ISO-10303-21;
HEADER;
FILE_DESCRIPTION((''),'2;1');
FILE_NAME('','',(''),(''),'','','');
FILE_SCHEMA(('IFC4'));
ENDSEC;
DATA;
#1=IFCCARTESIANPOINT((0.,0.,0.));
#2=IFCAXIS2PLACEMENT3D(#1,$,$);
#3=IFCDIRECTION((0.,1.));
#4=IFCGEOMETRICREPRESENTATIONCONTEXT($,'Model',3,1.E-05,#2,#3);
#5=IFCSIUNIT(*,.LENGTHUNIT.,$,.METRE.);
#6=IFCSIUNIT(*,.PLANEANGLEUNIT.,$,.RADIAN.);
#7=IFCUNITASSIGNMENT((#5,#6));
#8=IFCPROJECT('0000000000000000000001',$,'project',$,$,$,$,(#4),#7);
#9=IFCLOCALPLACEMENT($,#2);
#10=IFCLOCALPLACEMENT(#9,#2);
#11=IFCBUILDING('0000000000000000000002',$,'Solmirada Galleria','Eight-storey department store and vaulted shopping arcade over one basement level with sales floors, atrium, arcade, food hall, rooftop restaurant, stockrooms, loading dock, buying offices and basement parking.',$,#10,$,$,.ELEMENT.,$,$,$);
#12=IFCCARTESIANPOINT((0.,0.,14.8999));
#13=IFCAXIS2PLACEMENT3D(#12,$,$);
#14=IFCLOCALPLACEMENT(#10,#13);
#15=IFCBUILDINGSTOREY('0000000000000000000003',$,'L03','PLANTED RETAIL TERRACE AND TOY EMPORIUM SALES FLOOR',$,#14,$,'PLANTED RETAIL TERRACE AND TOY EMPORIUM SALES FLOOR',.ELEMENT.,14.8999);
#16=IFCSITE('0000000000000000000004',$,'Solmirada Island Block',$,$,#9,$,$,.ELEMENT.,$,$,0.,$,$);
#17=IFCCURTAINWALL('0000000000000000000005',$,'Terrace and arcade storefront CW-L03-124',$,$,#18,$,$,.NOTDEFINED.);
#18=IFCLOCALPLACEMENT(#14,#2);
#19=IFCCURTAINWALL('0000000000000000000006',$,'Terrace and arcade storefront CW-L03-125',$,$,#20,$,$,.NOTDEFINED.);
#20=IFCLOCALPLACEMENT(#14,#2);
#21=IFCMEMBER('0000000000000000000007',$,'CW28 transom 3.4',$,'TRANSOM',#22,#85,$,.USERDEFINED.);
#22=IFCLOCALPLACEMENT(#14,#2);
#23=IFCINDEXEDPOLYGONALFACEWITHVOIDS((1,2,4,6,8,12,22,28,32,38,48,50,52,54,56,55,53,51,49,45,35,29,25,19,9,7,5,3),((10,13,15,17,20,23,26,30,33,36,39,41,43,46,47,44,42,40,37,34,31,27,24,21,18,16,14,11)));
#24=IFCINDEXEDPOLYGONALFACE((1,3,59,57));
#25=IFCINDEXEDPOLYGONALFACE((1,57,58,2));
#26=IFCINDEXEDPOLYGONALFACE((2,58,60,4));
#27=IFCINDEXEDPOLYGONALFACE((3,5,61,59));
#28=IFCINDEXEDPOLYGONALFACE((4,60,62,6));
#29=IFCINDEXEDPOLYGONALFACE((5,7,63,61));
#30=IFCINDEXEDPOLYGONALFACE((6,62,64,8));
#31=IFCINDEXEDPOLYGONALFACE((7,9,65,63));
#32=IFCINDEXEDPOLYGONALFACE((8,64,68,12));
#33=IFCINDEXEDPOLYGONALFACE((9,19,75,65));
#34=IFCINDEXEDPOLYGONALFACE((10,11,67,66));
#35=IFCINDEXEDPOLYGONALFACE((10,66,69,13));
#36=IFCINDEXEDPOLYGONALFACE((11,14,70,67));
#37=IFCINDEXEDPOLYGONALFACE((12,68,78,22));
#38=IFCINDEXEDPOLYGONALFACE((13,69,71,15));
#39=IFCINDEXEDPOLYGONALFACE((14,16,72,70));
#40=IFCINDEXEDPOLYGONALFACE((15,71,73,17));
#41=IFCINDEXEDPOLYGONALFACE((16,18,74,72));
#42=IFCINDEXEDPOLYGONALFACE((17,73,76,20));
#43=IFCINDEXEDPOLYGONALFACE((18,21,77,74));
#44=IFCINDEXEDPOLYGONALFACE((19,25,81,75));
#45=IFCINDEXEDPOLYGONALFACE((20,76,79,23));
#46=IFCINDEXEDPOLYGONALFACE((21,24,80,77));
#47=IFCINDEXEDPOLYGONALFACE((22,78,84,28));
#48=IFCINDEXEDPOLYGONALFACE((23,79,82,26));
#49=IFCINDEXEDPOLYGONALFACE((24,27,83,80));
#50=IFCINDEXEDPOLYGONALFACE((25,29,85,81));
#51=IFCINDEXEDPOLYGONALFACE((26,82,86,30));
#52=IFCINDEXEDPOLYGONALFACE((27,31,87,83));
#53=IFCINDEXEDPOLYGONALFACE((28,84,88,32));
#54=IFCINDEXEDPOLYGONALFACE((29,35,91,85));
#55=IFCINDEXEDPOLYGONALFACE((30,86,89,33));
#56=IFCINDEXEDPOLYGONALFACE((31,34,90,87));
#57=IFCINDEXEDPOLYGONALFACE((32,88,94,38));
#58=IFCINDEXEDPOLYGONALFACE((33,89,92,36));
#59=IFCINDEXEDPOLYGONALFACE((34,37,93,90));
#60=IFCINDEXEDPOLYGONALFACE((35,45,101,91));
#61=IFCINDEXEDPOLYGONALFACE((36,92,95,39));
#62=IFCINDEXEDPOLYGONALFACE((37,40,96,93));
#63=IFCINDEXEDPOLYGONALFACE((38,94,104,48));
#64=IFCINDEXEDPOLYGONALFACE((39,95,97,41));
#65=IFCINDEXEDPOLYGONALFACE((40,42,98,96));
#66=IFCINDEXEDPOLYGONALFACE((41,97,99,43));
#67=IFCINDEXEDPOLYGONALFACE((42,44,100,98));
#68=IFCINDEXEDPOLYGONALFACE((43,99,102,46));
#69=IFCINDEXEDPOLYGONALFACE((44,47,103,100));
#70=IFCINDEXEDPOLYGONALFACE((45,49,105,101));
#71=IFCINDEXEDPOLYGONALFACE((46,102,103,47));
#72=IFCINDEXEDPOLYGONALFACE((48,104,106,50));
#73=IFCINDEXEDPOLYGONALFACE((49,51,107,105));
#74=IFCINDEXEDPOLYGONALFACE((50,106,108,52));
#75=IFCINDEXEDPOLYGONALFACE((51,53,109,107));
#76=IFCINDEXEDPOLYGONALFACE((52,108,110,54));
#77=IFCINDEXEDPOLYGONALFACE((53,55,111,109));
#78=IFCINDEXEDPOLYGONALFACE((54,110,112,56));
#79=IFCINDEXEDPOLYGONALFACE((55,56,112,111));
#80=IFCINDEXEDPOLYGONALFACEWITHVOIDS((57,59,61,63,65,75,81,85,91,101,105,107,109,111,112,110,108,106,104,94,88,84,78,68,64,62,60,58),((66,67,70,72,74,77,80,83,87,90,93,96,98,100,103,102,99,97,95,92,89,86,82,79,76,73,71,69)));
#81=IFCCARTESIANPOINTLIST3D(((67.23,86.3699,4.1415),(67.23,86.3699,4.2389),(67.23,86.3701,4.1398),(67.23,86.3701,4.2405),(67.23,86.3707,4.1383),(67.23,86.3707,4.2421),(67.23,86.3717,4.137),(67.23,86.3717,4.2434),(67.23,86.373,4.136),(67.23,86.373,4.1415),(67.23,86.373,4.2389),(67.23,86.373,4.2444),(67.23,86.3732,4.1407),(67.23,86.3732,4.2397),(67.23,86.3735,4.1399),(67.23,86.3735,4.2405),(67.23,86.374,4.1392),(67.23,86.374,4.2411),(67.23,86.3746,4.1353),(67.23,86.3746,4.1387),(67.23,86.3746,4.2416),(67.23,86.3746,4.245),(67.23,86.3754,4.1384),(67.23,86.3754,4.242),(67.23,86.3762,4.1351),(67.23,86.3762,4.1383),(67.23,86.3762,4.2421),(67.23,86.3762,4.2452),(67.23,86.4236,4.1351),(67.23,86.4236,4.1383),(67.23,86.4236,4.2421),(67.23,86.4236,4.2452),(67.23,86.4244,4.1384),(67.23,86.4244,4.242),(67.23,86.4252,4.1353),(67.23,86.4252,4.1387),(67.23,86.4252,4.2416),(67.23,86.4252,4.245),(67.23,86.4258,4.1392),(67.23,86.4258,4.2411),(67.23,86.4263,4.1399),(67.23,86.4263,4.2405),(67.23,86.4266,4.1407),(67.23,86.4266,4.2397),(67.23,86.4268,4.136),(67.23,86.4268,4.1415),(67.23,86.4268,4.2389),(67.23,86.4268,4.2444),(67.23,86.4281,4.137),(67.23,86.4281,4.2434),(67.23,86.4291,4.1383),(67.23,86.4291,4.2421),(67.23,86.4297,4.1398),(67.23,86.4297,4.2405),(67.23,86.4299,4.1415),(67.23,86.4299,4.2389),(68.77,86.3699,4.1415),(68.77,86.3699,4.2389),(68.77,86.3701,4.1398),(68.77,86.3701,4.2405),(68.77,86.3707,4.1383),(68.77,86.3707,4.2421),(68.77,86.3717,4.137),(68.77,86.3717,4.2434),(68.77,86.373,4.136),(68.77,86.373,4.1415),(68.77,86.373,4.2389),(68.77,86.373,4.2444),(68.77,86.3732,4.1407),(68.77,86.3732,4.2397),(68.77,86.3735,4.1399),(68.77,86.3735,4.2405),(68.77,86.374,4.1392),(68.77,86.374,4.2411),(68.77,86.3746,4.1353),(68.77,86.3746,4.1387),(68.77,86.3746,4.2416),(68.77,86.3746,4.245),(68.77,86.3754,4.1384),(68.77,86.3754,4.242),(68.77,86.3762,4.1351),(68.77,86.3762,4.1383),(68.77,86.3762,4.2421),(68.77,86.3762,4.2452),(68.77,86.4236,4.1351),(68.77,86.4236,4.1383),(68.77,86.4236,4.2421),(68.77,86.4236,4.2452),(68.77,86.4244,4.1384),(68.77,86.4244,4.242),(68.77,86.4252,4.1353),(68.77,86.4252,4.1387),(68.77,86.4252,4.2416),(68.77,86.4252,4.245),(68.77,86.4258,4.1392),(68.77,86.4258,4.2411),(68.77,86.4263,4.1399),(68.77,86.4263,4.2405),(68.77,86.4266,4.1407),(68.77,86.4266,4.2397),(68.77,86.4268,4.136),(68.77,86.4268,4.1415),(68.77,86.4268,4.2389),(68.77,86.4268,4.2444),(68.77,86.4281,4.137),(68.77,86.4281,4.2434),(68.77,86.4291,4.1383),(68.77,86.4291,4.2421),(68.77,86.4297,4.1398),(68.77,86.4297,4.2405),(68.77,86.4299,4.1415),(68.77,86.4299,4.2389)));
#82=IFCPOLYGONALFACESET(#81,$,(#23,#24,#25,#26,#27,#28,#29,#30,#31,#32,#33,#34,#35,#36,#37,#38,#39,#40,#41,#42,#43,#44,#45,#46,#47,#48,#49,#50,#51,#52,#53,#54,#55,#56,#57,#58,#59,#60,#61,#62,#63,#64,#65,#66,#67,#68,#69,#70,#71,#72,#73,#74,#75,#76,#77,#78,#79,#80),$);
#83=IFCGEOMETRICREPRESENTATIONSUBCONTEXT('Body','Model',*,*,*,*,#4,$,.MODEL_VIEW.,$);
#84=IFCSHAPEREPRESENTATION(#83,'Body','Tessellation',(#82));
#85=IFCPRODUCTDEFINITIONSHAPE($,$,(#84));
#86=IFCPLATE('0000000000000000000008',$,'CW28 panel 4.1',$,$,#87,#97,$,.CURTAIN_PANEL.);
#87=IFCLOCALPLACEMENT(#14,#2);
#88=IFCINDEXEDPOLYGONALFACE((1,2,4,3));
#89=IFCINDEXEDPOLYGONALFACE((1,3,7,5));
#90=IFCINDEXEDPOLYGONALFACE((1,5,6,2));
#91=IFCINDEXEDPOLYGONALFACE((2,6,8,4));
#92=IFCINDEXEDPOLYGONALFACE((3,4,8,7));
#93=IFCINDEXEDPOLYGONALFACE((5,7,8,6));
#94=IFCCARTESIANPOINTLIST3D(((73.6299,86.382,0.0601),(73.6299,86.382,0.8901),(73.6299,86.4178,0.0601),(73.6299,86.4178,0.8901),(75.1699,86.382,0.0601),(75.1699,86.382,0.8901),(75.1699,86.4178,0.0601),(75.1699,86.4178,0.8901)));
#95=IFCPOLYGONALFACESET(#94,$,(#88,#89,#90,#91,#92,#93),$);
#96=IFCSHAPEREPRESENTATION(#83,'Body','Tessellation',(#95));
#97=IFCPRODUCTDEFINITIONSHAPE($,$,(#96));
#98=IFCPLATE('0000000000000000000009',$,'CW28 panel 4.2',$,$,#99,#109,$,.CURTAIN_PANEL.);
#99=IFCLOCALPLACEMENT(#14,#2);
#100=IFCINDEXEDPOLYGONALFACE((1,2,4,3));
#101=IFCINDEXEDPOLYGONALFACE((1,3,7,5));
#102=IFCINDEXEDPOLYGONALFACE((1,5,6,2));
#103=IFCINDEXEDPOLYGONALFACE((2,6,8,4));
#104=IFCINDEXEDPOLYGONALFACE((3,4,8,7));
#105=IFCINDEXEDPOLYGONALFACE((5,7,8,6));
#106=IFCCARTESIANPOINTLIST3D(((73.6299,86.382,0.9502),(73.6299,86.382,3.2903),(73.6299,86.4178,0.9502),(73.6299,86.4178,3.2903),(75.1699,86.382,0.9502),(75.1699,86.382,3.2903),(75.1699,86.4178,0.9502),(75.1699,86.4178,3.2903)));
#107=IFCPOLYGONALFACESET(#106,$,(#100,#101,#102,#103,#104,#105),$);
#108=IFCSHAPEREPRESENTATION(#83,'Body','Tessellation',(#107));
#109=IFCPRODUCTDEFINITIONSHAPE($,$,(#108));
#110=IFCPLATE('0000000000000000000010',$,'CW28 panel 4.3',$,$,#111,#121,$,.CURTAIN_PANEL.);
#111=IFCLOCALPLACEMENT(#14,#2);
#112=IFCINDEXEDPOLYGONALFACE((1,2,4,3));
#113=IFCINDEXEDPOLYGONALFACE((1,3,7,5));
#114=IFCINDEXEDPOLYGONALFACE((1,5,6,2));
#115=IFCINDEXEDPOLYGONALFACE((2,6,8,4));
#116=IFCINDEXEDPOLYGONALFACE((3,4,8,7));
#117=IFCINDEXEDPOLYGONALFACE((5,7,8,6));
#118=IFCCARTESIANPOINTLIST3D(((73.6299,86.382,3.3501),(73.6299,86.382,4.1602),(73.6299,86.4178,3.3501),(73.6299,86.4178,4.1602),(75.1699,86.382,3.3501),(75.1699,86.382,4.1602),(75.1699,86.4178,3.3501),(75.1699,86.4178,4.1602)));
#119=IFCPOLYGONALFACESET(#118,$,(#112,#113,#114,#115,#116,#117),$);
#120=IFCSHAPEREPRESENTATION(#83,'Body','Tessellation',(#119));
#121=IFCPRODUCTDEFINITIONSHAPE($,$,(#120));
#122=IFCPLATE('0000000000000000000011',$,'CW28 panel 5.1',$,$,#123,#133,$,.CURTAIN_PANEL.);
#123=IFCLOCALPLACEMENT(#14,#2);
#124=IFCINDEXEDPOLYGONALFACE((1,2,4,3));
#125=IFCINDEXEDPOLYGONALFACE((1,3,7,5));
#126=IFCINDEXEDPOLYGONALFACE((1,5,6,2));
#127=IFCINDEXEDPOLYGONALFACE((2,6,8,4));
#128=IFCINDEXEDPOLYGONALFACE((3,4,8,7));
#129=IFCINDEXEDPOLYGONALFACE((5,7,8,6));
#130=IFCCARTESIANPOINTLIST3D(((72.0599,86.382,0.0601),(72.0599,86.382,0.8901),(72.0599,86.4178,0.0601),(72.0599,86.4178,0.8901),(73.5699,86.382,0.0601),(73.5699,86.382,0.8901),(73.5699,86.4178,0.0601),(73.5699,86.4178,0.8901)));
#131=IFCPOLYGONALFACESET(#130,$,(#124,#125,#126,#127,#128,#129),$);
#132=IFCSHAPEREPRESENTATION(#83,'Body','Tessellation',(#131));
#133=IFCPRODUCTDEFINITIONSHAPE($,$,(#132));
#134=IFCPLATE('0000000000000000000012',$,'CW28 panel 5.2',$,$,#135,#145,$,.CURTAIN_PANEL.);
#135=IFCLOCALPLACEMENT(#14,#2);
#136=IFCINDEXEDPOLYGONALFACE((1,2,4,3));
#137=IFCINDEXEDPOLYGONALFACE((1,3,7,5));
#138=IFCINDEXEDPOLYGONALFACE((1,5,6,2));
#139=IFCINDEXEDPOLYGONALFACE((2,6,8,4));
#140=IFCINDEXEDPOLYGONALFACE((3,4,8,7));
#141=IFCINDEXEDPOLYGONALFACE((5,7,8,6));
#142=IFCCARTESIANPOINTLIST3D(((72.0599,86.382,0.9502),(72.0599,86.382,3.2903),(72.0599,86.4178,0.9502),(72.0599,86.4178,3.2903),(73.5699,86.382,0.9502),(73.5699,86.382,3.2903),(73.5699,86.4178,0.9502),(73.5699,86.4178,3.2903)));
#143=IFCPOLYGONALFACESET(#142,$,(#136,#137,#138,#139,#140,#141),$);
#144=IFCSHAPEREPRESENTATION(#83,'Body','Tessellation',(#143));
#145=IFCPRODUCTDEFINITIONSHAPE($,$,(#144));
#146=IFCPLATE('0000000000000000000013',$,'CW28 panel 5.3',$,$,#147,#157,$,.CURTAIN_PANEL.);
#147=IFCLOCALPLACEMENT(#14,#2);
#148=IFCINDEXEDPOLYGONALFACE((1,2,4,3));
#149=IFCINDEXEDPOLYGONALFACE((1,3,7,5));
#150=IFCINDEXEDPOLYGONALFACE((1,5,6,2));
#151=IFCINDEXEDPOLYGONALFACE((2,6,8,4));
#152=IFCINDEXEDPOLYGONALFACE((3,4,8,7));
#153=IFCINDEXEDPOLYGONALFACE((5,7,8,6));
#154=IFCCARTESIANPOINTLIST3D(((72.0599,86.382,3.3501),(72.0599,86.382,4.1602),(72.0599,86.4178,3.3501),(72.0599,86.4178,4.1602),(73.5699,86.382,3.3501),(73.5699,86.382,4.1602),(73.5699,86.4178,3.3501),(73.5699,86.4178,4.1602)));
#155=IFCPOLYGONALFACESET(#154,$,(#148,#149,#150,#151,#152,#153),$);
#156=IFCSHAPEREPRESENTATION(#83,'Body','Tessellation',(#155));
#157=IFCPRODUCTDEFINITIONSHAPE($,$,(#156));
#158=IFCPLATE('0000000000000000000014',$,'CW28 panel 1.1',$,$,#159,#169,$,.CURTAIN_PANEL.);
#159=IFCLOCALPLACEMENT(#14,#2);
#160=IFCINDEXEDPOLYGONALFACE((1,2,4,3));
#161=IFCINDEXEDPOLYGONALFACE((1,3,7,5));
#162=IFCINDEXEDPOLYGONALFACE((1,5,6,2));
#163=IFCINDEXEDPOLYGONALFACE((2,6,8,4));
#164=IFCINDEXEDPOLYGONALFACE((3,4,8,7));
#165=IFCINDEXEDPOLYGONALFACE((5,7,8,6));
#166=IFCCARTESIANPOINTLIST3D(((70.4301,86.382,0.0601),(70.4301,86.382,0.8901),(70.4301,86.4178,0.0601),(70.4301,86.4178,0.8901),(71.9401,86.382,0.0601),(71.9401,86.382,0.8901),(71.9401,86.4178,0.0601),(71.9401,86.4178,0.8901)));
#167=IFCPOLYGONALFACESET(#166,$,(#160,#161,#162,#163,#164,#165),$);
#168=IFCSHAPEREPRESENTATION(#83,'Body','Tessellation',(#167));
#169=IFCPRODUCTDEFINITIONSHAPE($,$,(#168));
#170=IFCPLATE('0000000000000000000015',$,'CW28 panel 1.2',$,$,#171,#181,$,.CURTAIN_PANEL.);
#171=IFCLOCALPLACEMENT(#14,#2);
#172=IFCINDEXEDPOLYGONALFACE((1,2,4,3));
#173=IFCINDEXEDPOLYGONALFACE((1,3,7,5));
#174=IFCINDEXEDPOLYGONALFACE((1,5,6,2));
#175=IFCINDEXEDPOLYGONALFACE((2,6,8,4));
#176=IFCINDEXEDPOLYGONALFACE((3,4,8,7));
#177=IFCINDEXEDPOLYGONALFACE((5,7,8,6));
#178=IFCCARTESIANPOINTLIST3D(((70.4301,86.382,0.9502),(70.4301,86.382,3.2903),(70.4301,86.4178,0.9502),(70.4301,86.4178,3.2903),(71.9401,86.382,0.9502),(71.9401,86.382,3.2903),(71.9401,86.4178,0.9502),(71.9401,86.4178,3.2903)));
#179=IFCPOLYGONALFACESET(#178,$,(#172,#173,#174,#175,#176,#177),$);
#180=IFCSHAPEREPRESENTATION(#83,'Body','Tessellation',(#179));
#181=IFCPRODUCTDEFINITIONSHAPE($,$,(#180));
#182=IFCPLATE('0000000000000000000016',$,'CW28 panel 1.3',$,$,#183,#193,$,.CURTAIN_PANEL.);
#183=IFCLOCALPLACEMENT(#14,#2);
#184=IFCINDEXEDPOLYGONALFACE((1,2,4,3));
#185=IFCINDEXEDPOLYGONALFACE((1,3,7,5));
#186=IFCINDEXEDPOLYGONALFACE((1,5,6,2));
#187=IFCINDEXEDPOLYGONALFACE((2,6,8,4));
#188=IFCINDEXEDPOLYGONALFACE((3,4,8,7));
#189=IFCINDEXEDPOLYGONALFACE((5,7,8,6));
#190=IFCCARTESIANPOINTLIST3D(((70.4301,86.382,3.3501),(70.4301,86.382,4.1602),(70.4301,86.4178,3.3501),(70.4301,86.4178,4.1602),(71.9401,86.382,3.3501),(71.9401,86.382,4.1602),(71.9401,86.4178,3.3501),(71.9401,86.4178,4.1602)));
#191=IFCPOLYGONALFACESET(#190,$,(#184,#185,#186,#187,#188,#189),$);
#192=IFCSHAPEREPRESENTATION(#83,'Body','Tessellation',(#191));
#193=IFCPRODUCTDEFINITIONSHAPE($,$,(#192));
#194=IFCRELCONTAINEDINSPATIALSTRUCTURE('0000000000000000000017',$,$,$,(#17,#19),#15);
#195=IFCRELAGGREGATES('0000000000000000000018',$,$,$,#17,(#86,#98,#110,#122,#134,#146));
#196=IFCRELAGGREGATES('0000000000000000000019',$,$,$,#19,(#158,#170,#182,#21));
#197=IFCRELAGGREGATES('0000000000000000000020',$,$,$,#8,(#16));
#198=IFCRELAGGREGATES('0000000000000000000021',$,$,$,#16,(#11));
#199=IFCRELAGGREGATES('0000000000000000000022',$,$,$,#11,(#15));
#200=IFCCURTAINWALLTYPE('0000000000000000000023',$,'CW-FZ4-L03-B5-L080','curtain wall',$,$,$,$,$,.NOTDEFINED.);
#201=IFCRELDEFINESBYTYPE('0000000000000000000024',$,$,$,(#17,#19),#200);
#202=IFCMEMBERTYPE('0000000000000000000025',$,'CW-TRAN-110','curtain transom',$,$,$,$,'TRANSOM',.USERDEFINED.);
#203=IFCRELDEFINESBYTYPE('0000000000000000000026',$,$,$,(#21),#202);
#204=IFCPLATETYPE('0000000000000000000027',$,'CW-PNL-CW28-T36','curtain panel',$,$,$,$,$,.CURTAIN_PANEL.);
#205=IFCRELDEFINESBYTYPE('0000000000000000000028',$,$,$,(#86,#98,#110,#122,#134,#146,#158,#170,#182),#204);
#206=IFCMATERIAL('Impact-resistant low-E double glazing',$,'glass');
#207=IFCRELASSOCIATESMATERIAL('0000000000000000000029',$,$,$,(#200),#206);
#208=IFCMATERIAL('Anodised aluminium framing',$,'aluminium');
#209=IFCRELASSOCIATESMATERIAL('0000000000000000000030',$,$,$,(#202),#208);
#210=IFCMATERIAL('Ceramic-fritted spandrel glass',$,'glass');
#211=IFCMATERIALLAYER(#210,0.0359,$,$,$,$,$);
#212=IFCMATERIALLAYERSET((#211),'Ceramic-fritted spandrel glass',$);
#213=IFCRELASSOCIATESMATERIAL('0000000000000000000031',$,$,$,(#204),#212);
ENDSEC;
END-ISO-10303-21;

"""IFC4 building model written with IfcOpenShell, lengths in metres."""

from ifc_helpers import new_model, si_unit, direction, frame, origin, origin_2d, place, context, subcontext, project, spatial, rectangle, hollow_rectangle, extrude, material, layer, layer_set, material_profile, profile_set, type_object, element, aggregate, save


model = new_model("IFC4")

# Units and contexts
model_context = context("Model", 3, precision=1e-05, world=origin(), true_north=direction((0.0, 1.0)))
body_context = subcontext(model_context, "Body", "Model", "MODEL_VIEW")
ifc_project = project(units=[si_unit("LENGTHUNIT", "METRE"), si_unit("PLANEANGLEUNIT", "RADIAN")], contexts=[model_context])

# Site, building, storey
site_placement = place(None, origin())
site = spatial("IfcSite", under=ifc_project, at=site_placement, Name="Solmirada Island Block", CompositionType="ELEMENT", RefElevation=0.0)
building_placement = place(site_placement, origin())
building = spatial("IfcBuilding", under=site, at=building_placement, Name="Solmirada Galleria", Description="Eight-storey department store and vaulted shopping arcade over one basement level with sales floors, atrium, arcade, food hall, rooftop restaurant, stockrooms, loading dock, buying offices and basement parking.", CompositionType="ELEMENT")
storey_placement = place(building_placement, frame((0.0, 0.0, 14.8999)))
storey = spatial("IfcBuildingStorey", under=building, at=storey_placement, Name="L03", Description="PLANTED RETAIL TERRACE AND TOY EMPORIUM SALES FLOOR", LongName="PLANTED RETAIL TERRACE AND TOY EMPORIUM SALES FLOOR", CompositionType="ELEMENT", Elevation=14.8999)

# Curtain walls
ifc_material_1 = material(Name="Impact-resistant low-E double glazing", Category="glass")
curtain_wall_type = type_object("IfcCurtainWallType", Name="CW-FZ4-L03-B5-L080", Description="curtain wall", PredefinedType="NOTDEFINED", material=ifc_material_1)
curtain_wall_1_placement = place(storey_placement, origin())
curtain_wall_1 = element("IfcCurtainWall", 1, at=curtain_wall_1_placement, inside=storey, type_object=curtain_wall_type, Name="Terrace and arcade storefront CW-L03-124", PredefinedType="NOTDEFINED")
ifc_material_2 = material(Name="Anodised aluminium framing", Category="aluminium")
curtain_wall_2_placement = place(storey_placement, origin())
curtain_wall_2 = element("IfcCurtainWall", 2, at=curtain_wall_2_placement, inside=storey, type_object=curtain_wall_type, Name="Terrace and arcade storefront CW-L03-125", PredefinedType="NOTDEFINED")

# Member
ifc_material_profile_1 = material_profile(ifc_material_2, hollow_rectangle(XDim=0.0601, YDim=0.1101, WallThickness=0.0032, InnerFilletRadius=0.0032, OuterFilletRadius=0.0063, at=origin_2d()), Name="ALU-TRAN-110X60")
ifc_profile_set_1 = profile_set([ifc_material_profile_1], Name="Anodised aluminium framing")
member_type_1 = type_object("IfcMemberType", Name="CW-TRAN-110", Description="curtain transom", ElementType="TRANSOM", PredefinedType="USERDEFINED", material=ifc_profile_set_1)
member_1_placement = place(storey_placement, frame((68.77, 86.3999, 4.1902), z_axis=(-1.0, 0.0, 0.0), x_axis=(0.0, -1.0, 0.0)))
member_1 = element("IfcMember", 3, at=member_1_placement, type_object=member_type_1, Name="CW28 transom 3.4", ObjectType="TRANSOM", PredefinedType="USERDEFINED", context=body_context, shape_type="SweptSolid", body=[
    extrude(hollow_rectangle(XDim=0.0601, YDim=0.1101, WallThickness=0.0032, InnerFilletRadius=0.0032, OuterFilletRadius=0.0063, at=origin_2d()), origin(), (0.0, 0.0, 1.0), 1.54),
])

# Plates
ifc_material_3 = material(Name="Ceramic-fritted spandrel glass", Category="glass")
ifc_layer = layer(ifc_material_3, 0.0359)
ifc_layer_set = layer_set([ifc_layer], Name="Ceramic-fritted spandrel glass")
plate_type = type_object("IfcPlateType", Name="CW-PNL-CW28-T36", Description="curtain panel", PredefinedType="CURTAIN_PANEL", material=ifc_layer_set)
plate_1_placement = place(storey_placement, frame((74.3999, 86.3999, 0.0601), z_axis=(0.0, 0.0, 1.0), x_axis=(-1.0, 0.0, 0.0)))
plate_1 = element("IfcPlate", 4, at=plate_1_placement, type_object=plate_type, Name="CW28 panel 4.1", PredefinedType="CURTAIN_PANEL", context=body_context, shape_type="SweptSolid", body=[
    extrude(rectangle(XDim=1.54, YDim=0.0359, at=origin_2d()), origin(), (0.0, 0.0, 1.0), 0.8301),
])
plate_2_placement = place(storey_placement, frame((74.3999, 86.3999, 0.9502), z_axis=(0.0, 0.0, 1.0), x_axis=(-1.0, 0.0, 0.0)))
plate_2 = element("IfcPlate", 5, at=plate_2_placement, type_object=plate_type, Name="CW28 panel 4.2", PredefinedType="CURTAIN_PANEL", context=body_context, shape_type="SweptSolid", body=[
    extrude(rectangle(XDim=1.54, YDim=0.0359, at=origin_2d()), origin(), (0.0, 0.0, 1.0), 2.3401),
])
plate_3_placement = place(storey_placement, frame((74.3999, 86.3999, 3.3501), z_axis=(0.0, 0.0, 1.0), x_axis=(-1.0, 0.0, 0.0)))
plate_3 = element("IfcPlate", 6, at=plate_3_placement, type_object=plate_type, Name="CW28 panel 4.3", PredefinedType="CURTAIN_PANEL", context=body_context, shape_type="SweptSolid", body=[
    extrude(rectangle(XDim=1.54, YDim=0.0359, at=origin_2d()), origin(), (0.0, 0.0, 1.0), 0.8101),
])
plate_4_placement = place(storey_placement, frame((72.8149, 86.3999, 0.0601), z_axis=(0.0, 0.0, 1.0), x_axis=(-1.0, 0.0, 0.0)))
plate_4 = element("IfcPlate", 7, at=plate_4_placement, type_object=plate_type, Name="CW28 panel 5.1", PredefinedType="CURTAIN_PANEL", context=body_context, shape_type="SweptSolid", body=[
    extrude(rectangle(XDim=1.51, YDim=0.0359, at=origin_2d()), origin(), (0.0, 0.0, 1.0), 0.8301),
])
plate_5_placement = place(storey_placement, frame((72.8149, 86.3999, 0.9502), z_axis=(0.0, 0.0, 1.0), x_axis=(-1.0, 0.0, 0.0)))
plate_5 = element("IfcPlate", 8, at=plate_5_placement, type_object=plate_type, Name="CW28 panel 5.2", PredefinedType="CURTAIN_PANEL", context=body_context, shape_type="SweptSolid", body=[
    extrude(rectangle(XDim=1.51, YDim=0.0359, at=origin_2d()), origin(), (0.0, 0.0, 1.0), 2.3401),
])
plate_6_placement = place(storey_placement, frame((72.8149, 86.3999, 3.3501), z_axis=(0.0, 0.0, 1.0), x_axis=(-1.0, 0.0, 0.0)))
plate_6 = element("IfcPlate", 9, at=plate_6_placement, type_object=plate_type, Name="CW28 panel 5.3", PredefinedType="CURTAIN_PANEL", context=body_context, shape_type="SweptSolid", body=[
    extrude(rectangle(XDim=1.51, YDim=0.0359, at=origin_2d()), origin(), (0.0, 0.0, 1.0), 0.8101),
])
aggregate(curtain_wall_1, [plate_1, plate_2, plate_3, plate_4, plate_5, plate_6])
plate_7_placement = place(storey_placement, frame((71.1851, 86.3999, 0.0601), z_axis=(0.0, 0.0, 1.0), x_axis=(-1.0, 0.0, 0.0)))
plate_7 = element("IfcPlate", 10, at=plate_7_placement, type_object=plate_type, Name="CW28 panel 1.1", PredefinedType="CURTAIN_PANEL", context=body_context, shape_type="SweptSolid", body=[
    extrude(rectangle(XDim=1.51, YDim=0.0359, at=origin_2d()), origin(), (0.0, 0.0, 1.0), 0.8301),
])
plate_8_placement = place(storey_placement, frame((71.1851, 86.3999, 0.9502), z_axis=(0.0, 0.0, 1.0), x_axis=(-1.0, 0.0, 0.0)))
plate_8 = element("IfcPlate", 11, at=plate_8_placement, type_object=plate_type, Name="CW28 panel 1.2", PredefinedType="CURTAIN_PANEL", context=body_context, shape_type="SweptSolid", body=[
    extrude(rectangle(XDim=1.51, YDim=0.0359, at=origin_2d()), origin(), (0.0, 0.0, 1.0), 2.3401),
])
plate_9_placement = place(storey_placement, frame((71.1851, 86.3999, 3.3501), z_axis=(0.0, 0.0, 1.0), x_axis=(-1.0, 0.0, 0.0)))
plate_9 = element("IfcPlate", 12, at=plate_9_placement, type_object=plate_type, Name="CW28 panel 1.3", PredefinedType="CURTAIN_PANEL", context=body_context, shape_type="SweptSolid", body=[
    extrude(rectangle(XDim=1.51, YDim=0.0359, at=origin_2d()), origin(), (0.0, 0.0, 1.0), 0.8101),
])
aggregate(curtain_wall_2, [plate_7, plate_8, plate_9, member_1])

save(model, "model.ifc")
